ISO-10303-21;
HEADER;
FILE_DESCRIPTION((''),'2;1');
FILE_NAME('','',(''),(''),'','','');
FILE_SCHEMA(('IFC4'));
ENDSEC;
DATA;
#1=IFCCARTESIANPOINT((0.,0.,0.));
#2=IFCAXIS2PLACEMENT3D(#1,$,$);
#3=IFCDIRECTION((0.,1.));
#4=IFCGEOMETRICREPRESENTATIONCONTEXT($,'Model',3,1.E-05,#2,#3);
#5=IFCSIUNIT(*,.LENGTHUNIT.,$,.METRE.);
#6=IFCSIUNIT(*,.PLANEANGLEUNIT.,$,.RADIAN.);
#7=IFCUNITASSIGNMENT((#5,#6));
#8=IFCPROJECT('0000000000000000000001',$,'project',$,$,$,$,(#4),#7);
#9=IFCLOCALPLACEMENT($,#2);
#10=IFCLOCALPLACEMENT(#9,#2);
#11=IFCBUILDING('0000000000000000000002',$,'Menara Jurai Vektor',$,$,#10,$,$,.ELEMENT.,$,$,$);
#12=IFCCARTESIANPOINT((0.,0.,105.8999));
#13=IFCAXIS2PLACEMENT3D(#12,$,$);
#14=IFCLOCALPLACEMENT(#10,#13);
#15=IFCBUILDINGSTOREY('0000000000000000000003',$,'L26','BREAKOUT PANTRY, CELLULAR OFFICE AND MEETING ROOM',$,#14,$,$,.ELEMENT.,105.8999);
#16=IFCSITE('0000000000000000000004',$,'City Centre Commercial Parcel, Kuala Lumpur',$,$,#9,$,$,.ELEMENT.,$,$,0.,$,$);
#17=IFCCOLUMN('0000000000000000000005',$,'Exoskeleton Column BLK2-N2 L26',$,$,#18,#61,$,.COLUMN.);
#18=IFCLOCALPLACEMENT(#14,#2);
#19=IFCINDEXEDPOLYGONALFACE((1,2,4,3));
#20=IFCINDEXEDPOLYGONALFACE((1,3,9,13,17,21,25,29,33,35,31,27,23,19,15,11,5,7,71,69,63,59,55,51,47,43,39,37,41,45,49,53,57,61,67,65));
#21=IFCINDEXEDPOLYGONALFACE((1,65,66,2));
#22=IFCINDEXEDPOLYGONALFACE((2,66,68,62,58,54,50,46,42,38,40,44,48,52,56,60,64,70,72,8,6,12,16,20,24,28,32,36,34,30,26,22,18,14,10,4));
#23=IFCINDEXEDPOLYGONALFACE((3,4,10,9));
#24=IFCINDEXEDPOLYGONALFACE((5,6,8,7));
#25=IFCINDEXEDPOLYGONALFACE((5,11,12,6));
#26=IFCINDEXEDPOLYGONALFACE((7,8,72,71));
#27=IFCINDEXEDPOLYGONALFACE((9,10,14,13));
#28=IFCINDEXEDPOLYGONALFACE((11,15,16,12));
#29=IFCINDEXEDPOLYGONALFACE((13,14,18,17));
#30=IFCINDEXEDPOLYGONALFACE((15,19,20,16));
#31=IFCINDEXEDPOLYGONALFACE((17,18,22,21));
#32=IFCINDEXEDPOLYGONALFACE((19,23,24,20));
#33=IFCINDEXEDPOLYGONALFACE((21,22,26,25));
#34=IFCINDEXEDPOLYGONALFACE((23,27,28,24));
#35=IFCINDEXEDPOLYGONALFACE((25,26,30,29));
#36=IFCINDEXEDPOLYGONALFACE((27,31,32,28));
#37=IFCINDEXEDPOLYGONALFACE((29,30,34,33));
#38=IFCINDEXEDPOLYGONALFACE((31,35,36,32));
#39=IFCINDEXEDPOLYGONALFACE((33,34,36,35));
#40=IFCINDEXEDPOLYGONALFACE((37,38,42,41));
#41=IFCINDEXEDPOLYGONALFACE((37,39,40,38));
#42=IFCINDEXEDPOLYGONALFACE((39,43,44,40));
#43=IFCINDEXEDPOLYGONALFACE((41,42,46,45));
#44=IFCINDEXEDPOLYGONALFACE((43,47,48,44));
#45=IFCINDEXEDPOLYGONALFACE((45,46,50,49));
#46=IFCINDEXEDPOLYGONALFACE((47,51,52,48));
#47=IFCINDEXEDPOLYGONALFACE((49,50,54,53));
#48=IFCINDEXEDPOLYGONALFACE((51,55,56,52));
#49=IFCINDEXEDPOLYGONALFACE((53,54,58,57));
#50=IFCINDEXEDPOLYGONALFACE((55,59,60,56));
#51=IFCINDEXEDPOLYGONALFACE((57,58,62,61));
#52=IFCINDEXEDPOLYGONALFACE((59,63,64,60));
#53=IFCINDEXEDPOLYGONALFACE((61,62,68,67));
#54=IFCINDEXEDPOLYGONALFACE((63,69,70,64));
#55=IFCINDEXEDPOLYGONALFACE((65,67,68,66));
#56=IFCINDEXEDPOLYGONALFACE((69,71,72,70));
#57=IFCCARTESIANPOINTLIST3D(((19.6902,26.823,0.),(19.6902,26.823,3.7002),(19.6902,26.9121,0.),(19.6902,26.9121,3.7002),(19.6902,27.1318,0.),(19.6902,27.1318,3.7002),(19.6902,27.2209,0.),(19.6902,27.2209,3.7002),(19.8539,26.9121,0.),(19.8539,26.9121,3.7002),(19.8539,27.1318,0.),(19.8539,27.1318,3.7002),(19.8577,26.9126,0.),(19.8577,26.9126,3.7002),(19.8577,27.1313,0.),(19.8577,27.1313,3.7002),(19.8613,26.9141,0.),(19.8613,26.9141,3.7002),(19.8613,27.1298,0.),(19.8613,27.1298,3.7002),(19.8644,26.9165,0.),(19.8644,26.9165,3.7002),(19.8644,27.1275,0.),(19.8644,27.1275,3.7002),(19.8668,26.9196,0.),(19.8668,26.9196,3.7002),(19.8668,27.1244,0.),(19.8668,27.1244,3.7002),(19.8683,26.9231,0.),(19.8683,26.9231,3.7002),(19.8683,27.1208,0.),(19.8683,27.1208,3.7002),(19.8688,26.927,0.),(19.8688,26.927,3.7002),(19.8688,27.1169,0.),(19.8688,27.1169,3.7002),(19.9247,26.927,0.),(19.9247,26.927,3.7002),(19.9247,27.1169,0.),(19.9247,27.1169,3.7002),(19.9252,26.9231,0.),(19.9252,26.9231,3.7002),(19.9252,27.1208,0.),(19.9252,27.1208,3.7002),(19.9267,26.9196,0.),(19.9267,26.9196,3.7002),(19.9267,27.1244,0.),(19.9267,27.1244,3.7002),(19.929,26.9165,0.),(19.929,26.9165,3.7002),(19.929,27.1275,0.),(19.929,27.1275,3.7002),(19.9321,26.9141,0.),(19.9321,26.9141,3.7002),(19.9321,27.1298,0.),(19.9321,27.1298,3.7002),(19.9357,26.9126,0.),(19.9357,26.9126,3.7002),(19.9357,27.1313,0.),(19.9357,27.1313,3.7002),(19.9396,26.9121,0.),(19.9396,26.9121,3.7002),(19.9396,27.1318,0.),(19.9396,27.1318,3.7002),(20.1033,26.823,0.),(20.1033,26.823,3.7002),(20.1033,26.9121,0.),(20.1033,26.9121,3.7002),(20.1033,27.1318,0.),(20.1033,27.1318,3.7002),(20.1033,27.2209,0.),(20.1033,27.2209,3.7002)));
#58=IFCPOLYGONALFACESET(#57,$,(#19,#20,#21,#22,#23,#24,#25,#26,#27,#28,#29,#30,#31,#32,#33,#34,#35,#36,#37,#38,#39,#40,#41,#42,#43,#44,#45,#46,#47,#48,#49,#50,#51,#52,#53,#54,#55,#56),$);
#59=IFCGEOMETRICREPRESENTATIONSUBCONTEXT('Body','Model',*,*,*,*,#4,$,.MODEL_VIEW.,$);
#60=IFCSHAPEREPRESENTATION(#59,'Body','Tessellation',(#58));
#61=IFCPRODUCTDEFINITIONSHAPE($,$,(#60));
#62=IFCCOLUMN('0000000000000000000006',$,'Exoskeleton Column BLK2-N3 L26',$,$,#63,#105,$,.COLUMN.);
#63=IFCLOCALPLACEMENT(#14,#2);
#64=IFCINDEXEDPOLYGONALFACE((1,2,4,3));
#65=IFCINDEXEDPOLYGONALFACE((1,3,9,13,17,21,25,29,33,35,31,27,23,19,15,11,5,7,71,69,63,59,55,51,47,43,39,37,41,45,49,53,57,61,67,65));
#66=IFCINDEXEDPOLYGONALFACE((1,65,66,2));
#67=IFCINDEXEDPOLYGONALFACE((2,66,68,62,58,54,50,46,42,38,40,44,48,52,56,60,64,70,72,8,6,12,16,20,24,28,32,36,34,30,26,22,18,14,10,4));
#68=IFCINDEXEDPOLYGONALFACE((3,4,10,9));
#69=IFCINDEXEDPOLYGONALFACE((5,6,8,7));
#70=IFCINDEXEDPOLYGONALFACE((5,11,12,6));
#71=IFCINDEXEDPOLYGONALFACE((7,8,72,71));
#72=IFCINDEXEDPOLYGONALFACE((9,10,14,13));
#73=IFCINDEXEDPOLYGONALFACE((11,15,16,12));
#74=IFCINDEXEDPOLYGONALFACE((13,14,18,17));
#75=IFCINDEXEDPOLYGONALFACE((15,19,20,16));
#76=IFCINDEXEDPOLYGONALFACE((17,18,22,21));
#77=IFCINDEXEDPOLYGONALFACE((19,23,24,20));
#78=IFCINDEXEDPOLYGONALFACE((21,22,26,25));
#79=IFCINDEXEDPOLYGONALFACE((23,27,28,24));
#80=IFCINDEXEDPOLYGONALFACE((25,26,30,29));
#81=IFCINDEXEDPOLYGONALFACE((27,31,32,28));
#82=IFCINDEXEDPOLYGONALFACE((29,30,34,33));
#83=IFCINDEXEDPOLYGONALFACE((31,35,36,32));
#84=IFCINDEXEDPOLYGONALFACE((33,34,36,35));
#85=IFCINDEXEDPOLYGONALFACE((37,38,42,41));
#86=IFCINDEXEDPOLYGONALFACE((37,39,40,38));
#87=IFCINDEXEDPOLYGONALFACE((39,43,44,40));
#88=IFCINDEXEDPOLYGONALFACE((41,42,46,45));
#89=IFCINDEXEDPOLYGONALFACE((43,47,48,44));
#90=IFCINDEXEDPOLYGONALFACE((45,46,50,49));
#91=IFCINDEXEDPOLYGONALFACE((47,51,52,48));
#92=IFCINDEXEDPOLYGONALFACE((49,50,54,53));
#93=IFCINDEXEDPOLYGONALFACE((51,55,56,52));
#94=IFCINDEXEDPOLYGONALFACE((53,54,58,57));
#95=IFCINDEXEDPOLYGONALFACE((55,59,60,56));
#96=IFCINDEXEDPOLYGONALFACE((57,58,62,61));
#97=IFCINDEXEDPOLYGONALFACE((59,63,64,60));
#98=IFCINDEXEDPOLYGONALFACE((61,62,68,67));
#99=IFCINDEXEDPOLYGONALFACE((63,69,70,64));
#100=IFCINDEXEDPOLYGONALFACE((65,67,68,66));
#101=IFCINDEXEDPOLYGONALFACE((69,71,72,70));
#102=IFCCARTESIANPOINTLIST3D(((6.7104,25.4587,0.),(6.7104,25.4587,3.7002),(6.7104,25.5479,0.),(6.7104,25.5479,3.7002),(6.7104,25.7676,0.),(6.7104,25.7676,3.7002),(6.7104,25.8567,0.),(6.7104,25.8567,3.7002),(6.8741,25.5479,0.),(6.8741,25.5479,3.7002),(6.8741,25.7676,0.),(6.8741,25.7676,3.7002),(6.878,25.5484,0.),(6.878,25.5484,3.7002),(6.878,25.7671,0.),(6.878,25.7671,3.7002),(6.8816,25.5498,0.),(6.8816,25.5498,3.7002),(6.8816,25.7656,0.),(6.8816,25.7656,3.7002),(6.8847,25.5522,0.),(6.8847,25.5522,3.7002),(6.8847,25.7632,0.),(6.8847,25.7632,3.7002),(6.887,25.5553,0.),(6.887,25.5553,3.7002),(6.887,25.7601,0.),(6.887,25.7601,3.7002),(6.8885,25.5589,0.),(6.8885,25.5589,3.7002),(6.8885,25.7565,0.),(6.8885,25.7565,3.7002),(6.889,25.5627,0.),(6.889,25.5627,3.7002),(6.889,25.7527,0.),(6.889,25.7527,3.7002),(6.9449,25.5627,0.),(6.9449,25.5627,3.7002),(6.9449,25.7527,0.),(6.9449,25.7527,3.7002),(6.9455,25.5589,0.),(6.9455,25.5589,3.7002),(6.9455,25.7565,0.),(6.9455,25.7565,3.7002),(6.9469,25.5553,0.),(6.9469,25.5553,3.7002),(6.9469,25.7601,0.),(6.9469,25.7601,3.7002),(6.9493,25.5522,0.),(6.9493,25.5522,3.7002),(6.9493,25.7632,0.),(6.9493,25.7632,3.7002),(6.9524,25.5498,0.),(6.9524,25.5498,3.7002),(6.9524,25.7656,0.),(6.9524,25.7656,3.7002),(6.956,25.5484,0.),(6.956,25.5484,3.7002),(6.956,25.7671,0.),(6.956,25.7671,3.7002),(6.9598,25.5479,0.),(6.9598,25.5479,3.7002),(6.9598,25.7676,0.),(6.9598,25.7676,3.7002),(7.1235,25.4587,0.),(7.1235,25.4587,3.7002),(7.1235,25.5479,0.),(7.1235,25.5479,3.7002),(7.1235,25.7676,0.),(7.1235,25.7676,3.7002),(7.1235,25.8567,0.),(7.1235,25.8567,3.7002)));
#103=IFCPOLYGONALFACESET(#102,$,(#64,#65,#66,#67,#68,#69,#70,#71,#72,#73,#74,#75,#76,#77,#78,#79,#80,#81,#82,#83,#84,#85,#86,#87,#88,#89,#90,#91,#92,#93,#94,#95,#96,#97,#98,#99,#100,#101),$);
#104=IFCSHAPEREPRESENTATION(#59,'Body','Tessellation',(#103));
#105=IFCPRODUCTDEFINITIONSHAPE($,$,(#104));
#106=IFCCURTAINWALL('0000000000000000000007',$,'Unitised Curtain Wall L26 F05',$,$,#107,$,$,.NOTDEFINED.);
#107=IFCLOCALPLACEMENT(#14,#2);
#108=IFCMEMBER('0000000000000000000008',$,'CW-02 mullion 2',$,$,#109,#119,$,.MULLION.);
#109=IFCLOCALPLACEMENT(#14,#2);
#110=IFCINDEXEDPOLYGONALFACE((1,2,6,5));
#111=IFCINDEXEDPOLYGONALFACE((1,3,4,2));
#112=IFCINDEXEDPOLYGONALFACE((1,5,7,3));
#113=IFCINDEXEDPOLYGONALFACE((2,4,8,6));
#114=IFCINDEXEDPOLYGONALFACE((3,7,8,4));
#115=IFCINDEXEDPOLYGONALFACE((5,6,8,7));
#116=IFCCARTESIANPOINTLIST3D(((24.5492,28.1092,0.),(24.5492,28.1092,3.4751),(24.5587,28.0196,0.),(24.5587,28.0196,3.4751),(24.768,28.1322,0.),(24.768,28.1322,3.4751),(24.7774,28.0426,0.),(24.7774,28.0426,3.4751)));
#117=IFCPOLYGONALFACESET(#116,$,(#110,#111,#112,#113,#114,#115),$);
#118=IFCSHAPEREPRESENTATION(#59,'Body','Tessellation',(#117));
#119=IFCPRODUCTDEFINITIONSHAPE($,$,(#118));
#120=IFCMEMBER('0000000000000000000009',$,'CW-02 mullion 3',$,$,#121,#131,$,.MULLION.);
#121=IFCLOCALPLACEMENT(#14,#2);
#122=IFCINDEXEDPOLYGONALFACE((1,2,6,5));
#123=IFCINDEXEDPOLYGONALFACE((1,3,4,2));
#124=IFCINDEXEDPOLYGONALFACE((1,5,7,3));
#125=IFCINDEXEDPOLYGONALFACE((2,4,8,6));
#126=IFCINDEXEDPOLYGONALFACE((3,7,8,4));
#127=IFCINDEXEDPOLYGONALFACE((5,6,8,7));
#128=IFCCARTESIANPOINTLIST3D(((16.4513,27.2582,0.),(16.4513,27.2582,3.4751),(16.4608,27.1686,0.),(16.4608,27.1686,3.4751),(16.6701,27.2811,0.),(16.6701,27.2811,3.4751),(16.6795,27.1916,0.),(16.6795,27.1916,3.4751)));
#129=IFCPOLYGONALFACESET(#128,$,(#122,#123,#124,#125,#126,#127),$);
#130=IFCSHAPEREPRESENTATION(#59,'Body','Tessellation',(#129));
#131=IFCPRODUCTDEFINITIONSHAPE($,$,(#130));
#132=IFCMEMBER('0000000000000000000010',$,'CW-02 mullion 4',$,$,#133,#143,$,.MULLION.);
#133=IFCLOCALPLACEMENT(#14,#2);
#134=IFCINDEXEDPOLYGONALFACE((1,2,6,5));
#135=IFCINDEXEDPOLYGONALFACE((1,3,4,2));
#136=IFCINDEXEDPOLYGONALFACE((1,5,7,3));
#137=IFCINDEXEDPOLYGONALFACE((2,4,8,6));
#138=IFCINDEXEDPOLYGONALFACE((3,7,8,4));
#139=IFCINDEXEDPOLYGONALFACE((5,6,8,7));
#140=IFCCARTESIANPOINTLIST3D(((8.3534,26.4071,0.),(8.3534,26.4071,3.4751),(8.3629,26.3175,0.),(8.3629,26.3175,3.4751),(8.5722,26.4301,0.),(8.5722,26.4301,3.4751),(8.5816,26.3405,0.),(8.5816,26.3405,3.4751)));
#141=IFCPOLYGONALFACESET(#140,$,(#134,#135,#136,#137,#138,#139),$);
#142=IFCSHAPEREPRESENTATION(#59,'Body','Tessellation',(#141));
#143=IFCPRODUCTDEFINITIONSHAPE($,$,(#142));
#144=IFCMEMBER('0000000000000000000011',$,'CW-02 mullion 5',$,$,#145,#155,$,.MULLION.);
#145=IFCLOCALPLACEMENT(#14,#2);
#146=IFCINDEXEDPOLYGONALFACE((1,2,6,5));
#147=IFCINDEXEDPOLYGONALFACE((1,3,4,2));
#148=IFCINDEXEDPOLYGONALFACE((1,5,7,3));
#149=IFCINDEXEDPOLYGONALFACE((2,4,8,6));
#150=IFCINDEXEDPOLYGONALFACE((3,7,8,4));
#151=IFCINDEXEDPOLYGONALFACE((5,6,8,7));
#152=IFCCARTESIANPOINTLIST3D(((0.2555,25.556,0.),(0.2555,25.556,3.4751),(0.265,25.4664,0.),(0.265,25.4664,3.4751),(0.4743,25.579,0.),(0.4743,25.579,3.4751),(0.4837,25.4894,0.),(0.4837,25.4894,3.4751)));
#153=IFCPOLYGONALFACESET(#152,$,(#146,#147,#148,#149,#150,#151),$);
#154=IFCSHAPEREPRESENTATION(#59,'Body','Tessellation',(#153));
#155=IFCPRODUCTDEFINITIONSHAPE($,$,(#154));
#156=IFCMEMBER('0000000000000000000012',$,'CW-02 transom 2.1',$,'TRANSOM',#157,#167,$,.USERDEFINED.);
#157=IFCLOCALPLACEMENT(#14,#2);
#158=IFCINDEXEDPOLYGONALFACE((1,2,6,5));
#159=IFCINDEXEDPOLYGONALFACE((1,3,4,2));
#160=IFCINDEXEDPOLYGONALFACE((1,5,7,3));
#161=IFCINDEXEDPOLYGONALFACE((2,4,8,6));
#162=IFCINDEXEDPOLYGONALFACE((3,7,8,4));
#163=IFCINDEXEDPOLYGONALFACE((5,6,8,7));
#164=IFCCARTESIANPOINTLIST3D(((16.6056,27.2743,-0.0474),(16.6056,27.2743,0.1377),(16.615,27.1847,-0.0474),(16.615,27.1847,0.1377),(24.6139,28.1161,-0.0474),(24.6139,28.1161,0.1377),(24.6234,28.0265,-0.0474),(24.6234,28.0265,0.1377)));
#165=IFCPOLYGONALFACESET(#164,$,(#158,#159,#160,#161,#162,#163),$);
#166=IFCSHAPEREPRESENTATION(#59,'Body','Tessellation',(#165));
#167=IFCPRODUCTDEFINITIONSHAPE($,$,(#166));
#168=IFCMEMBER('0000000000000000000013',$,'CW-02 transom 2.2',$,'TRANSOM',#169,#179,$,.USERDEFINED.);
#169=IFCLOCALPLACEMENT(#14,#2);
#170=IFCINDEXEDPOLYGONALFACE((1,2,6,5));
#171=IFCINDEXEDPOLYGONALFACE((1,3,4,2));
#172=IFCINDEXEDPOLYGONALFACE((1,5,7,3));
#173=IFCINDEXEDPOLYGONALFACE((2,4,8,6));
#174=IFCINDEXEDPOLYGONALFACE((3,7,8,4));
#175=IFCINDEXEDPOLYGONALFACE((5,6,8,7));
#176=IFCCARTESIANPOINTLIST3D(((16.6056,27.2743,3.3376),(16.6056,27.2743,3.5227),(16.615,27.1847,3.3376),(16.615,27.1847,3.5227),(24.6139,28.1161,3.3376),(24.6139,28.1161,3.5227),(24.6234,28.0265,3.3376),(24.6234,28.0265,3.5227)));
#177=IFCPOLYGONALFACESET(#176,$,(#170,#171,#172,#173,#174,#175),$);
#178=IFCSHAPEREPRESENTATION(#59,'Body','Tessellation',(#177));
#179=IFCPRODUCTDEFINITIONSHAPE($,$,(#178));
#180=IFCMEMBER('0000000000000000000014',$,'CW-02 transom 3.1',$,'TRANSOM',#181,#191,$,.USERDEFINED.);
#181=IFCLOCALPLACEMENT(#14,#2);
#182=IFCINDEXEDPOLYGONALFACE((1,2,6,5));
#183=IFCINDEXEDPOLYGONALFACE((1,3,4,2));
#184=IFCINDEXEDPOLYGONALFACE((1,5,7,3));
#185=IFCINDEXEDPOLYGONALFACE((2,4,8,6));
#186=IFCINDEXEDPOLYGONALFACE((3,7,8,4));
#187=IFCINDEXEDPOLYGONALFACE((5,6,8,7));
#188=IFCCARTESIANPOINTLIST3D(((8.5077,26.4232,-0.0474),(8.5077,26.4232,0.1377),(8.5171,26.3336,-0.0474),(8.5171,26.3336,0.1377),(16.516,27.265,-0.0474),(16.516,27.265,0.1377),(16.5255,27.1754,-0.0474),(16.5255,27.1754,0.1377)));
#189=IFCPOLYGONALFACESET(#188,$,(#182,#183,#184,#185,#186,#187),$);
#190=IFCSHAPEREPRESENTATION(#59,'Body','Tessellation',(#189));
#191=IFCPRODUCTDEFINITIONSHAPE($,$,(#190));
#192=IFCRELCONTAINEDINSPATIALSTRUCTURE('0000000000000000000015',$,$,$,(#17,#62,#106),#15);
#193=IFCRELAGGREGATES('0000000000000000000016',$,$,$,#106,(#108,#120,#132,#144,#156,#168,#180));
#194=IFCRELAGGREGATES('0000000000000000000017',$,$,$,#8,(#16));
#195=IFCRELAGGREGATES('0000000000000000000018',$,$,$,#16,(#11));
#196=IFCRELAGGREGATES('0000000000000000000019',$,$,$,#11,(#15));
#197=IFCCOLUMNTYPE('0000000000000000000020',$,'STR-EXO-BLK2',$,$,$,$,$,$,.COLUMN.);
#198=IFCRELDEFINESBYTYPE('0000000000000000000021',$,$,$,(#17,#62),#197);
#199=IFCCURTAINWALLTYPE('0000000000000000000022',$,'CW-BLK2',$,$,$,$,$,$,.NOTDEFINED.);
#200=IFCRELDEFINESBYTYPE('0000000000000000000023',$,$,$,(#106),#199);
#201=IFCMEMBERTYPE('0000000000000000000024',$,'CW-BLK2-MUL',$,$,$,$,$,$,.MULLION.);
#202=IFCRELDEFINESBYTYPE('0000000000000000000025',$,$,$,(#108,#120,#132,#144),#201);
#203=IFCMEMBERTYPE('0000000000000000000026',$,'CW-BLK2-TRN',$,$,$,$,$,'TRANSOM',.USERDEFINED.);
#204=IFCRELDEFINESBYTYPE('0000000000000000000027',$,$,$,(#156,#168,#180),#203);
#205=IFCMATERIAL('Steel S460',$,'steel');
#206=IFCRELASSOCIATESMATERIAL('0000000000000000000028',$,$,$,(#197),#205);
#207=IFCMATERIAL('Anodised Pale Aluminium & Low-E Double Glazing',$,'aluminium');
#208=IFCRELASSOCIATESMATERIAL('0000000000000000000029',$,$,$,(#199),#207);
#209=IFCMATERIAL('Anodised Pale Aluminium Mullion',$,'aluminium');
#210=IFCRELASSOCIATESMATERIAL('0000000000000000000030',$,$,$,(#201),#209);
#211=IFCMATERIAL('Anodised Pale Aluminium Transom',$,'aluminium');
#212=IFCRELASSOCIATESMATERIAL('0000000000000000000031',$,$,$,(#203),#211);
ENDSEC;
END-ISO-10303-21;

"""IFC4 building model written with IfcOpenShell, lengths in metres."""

from ifc_helpers import new_model, si_unit, direction, frame, origin, origin_2d, place, context, subcontext, project, spatial, rectangle, i_section, extrude, material, material_profile, profile_set, type_object, element, aggregate, save


model = new_model("IFC4")

# Units and contexts
model_context = context("Model", 3, precision=1e-05, world=origin(), true_north=direction((0.0, 1.0)))
body_context = subcontext(model_context, "Body", "Model", "MODEL_VIEW")
ifc_project = project(units=[si_unit("LENGTHUNIT", "METRE"), si_unit("PLANEANGLEUNIT", "RADIAN")], contexts=[model_context])

# Site, building, storey
site_placement = place(None, origin())
site = spatial("IfcSite", under=ifc_project, at=site_placement, Name="City Centre Commercial Parcel, Kuala Lumpur", CompositionType="ELEMENT", RefElevation=0.0)
building_placement = place(site_placement, origin())
building = spatial("IfcBuilding", under=site, at=building_placement, Name="Menara Jurai Vektor", CompositionType="ELEMENT")
storey_placement = place(building_placement, frame((0.0, 0.0, 105.8999)))
storey = spatial("IfcBuildingStorey", under=building, at=storey_placement, Name="L26", Description="BREAKOUT PANTRY, CELLULAR OFFICE AND MEETING ROOM", CompositionType="ELEMENT", Elevation=105.8999)

# Columns
ifc_material_1 = material(Name="Steel S460", Category="steel")
ifc_material_profile_1 = material_profile(ifc_material_1, i_section(OverallWidth=0.4131, OverallDepth=0.3979, WebThickness=0.0559, FlangeThickness=0.0891, FilletRadius=0.0149, at=origin_2d()), Name="HD 400x744")
ifc_profile_set_1 = profile_set([ifc_material_profile_1], Name="Steel S460")
column_type = type_object("IfcColumnType", Name="STR-EXO-BLK2", PredefinedType="COLUMN", material=ifc_profile_set_1)
for number, where, z_axis, x_axis, name in (
    (1, (19.8967, 27.022, 0.0), (0.0, 0.0, 1.0), (1.0, 0.0, 0.0), "Exoskeleton Column BLK2-N2 L26"),
    (2, (6.917, 25.6577, 0.0), (0.0, 0.0, 1.0), (1.0, 0.0, 0.0), "Exoskeleton Column BLK2-N3 L26"),
):
    element("IfcColumn", number, at=place(storey_placement, frame(where, z_axis=z_axis, x_axis=x_axis)), inside=storey, type_object=column_type, Name=name, PredefinedType="COLUMN", context=body_context, shape_type="SweptSolid", body=[
        extrude(i_section(OverallWidth=0.4131, OverallDepth=0.3979, WebThickness=0.0559, FlangeThickness=0.0891, FilletRadius=0.0149, at=origin_2d()), origin(), (0.0, 0.0, 1.0), 3.7002),
    ])

# Curtain wall, members
ifc_material_2 = material(Name="Anodised Pale Aluminium & Low-E Double Glazing", Category="aluminium")
curtain_wall_type = type_object("IfcCurtainWallType", Name="CW-BLK2", PredefinedType="NOTDEFINED", material=ifc_material_2)
curtain_wall_placement = place(storey_placement, origin())
curtain_wall = element("IfcCurtainWall", 3, at=curtain_wall_placement, inside=storey, type_object=curtain_wall_type, Name="Unitised Curtain Wall L26 F05", PredefinedType="NOTDEFINED")
ifc_material_3 = material(Name="Anodised Pale Aluminium Mullion", Category="aluminium")
ifc_material_profile_2 = material_profile(ifc_material_3, rectangle(XDim=0.0901, YDim=0.22, at=origin_2d()), Name="ALU MUL 90x220")
ifc_profile_set_2 = profile_set([ifc_material_profile_2], Name="Anodised Pale Aluminium Mullion")
member_type_1 = type_object("IfcMemberType", Name="CW-BLK2-MUL", PredefinedType="MULLION", material=ifc_profile_set_2)
member_1_placement = place(storey_placement, frame((24.6633, 28.0759, 0.0), z_axis=(0.0, 0.0, 1.0), x_axis=(0.104529, -0.994522, 0.0)))
member_1 = element("IfcMember", 4, at=member_1_placement, type_object=member_type_1, Name="CW-02 mullion 2", PredefinedType="MULLION", context=body_context, shape_type="SweptSolid", body=[
    extrude(rectangle(XDim=0.0901, YDim=0.22, at=origin_2d()), origin(), (0.0, 0.0, 1.0), 3.4751),
])
member_2_placement = place(storey_placement, frame((16.5654, 27.2249, 0.0), z_axis=(0.0, 0.0, 1.0), x_axis=(0.104529, -0.994522, 0.0)))
member_2 = element("IfcMember", 5, at=member_2_placement, type_object=member_type_1, Name="CW-02 mullion 3", PredefinedType="MULLION", context=body_context, shape_type="SweptSolid", body=[
    extrude(rectangle(XDim=0.0901, YDim=0.22, at=origin_2d()), origin(), (0.0, 0.0, 1.0), 3.4751),
])
member_3_placement = place(storey_placement, frame((8.4675, 26.3738, 0.0), z_axis=(0.0, 0.0, 1.0), x_axis=(0.104529, -0.994522, 0.0)))
member_3 = element("IfcMember", 6, at=member_3_placement, type_object=member_type_1, Name="CW-02 mullion 4", PredefinedType="MULLION", context=body_context, shape_type="SweptSolid", body=[
    extrude(rectangle(XDim=0.0901, YDim=0.22, at=origin_2d()), origin(), (0.0, 0.0, 1.0), 3.4751),
])
member_4_placement = place(storey_placement, frame((0.3696, 25.5227, 0.0), z_axis=(0.0, 0.0, 1.0), x_axis=(0.104529, -0.994522, 0.0)))
member_4 = element("IfcMember", 7, at=member_4_placement, type_object=member_type_1, Name="CW-02 mullion 5", PredefinedType="MULLION", context=body_context, shape_type="SweptSolid", body=[
    extrude(rectangle(XDim=0.0901, YDim=0.22, at=origin_2d()), origin(), (0.0, 0.0, 1.0), 3.4751),
])
ifc_material_4 = material(Name="Anodised Pale Aluminium Transom", Category="aluminium")
ifc_material_profile_3 = material_profile(ifc_material_4, rectangle(XDim=0.0901, YDim=0.1851, at=origin_2d()), Name="ALU TRN 90x185")
ifc_profile_set_3 = profile_set([ifc_material_profile_3], Name="Anodised Pale Aluminium Transom")
member_type_2 = type_object("IfcMemberType", Name="CW-BLK2-TRN", ElementType="TRANSOM", PredefinedType="USERDEFINED", material=ifc_profile_set_3)
member_5_placement = place(storey_placement, frame((24.6187, 28.0713, 0.0452), z_axis=(-0.994521, -0.10454, 0.0), x_axis=(0.10454, -0.994521, 0.0)))
member_5 = element("IfcMember", 8, at=member_5_placement, type_object=member_type_2, Name="CW-02 transom 2.1", ObjectType="TRANSOM", PredefinedType="USERDEFINED", context=body_context, shape_type="SweptSolid", body=[
    extrude(rectangle(XDim=0.0901, YDim=0.1851, at=origin_2d()), origin(), (0.0, 0.0, 1.0), 8.0525),
])
member_6_placement = place(storey_placement, frame((24.6187, 28.0713, 3.4302), z_axis=(-0.994521, -0.10454, 0.0), x_axis=(0.10454, -0.994521, 0.0)))
member_6 = element("IfcMember", 9, at=member_6_placement, type_object=member_type_2, Name="CW-02 transom 2.2", ObjectType="TRANSOM", PredefinedType="USERDEFINED", context=body_context, shape_type="SweptSolid", body=[
    extrude(rectangle(XDim=0.0901, YDim=0.1851, at=origin_2d()), origin(), (0.0, 0.0, 1.0), 8.0525),
])
member_7_placement = place(storey_placement, frame((16.5208, 27.2202, 0.0452), z_axis=(-0.994521, -0.10454, 0.0), x_axis=(0.10454, -0.994521, 0.0)))
member_7 = element("IfcMember", 10, at=member_7_placement, type_object=member_type_2, Name="CW-02 transom 3.1", ObjectType="TRANSOM", PredefinedType="USERDEFINED", context=body_context, shape_type="SweptSolid", body=[
    extrude(rectangle(XDim=0.0901, YDim=0.1851, at=origin_2d()), origin(), (0.0, 0.0, 1.0), 8.0525),
])

aggregate(curtain_wall, [member_1, member_2, member_3, member_4, member_5, member_6, member_7])

save(model, "model.ifc")
